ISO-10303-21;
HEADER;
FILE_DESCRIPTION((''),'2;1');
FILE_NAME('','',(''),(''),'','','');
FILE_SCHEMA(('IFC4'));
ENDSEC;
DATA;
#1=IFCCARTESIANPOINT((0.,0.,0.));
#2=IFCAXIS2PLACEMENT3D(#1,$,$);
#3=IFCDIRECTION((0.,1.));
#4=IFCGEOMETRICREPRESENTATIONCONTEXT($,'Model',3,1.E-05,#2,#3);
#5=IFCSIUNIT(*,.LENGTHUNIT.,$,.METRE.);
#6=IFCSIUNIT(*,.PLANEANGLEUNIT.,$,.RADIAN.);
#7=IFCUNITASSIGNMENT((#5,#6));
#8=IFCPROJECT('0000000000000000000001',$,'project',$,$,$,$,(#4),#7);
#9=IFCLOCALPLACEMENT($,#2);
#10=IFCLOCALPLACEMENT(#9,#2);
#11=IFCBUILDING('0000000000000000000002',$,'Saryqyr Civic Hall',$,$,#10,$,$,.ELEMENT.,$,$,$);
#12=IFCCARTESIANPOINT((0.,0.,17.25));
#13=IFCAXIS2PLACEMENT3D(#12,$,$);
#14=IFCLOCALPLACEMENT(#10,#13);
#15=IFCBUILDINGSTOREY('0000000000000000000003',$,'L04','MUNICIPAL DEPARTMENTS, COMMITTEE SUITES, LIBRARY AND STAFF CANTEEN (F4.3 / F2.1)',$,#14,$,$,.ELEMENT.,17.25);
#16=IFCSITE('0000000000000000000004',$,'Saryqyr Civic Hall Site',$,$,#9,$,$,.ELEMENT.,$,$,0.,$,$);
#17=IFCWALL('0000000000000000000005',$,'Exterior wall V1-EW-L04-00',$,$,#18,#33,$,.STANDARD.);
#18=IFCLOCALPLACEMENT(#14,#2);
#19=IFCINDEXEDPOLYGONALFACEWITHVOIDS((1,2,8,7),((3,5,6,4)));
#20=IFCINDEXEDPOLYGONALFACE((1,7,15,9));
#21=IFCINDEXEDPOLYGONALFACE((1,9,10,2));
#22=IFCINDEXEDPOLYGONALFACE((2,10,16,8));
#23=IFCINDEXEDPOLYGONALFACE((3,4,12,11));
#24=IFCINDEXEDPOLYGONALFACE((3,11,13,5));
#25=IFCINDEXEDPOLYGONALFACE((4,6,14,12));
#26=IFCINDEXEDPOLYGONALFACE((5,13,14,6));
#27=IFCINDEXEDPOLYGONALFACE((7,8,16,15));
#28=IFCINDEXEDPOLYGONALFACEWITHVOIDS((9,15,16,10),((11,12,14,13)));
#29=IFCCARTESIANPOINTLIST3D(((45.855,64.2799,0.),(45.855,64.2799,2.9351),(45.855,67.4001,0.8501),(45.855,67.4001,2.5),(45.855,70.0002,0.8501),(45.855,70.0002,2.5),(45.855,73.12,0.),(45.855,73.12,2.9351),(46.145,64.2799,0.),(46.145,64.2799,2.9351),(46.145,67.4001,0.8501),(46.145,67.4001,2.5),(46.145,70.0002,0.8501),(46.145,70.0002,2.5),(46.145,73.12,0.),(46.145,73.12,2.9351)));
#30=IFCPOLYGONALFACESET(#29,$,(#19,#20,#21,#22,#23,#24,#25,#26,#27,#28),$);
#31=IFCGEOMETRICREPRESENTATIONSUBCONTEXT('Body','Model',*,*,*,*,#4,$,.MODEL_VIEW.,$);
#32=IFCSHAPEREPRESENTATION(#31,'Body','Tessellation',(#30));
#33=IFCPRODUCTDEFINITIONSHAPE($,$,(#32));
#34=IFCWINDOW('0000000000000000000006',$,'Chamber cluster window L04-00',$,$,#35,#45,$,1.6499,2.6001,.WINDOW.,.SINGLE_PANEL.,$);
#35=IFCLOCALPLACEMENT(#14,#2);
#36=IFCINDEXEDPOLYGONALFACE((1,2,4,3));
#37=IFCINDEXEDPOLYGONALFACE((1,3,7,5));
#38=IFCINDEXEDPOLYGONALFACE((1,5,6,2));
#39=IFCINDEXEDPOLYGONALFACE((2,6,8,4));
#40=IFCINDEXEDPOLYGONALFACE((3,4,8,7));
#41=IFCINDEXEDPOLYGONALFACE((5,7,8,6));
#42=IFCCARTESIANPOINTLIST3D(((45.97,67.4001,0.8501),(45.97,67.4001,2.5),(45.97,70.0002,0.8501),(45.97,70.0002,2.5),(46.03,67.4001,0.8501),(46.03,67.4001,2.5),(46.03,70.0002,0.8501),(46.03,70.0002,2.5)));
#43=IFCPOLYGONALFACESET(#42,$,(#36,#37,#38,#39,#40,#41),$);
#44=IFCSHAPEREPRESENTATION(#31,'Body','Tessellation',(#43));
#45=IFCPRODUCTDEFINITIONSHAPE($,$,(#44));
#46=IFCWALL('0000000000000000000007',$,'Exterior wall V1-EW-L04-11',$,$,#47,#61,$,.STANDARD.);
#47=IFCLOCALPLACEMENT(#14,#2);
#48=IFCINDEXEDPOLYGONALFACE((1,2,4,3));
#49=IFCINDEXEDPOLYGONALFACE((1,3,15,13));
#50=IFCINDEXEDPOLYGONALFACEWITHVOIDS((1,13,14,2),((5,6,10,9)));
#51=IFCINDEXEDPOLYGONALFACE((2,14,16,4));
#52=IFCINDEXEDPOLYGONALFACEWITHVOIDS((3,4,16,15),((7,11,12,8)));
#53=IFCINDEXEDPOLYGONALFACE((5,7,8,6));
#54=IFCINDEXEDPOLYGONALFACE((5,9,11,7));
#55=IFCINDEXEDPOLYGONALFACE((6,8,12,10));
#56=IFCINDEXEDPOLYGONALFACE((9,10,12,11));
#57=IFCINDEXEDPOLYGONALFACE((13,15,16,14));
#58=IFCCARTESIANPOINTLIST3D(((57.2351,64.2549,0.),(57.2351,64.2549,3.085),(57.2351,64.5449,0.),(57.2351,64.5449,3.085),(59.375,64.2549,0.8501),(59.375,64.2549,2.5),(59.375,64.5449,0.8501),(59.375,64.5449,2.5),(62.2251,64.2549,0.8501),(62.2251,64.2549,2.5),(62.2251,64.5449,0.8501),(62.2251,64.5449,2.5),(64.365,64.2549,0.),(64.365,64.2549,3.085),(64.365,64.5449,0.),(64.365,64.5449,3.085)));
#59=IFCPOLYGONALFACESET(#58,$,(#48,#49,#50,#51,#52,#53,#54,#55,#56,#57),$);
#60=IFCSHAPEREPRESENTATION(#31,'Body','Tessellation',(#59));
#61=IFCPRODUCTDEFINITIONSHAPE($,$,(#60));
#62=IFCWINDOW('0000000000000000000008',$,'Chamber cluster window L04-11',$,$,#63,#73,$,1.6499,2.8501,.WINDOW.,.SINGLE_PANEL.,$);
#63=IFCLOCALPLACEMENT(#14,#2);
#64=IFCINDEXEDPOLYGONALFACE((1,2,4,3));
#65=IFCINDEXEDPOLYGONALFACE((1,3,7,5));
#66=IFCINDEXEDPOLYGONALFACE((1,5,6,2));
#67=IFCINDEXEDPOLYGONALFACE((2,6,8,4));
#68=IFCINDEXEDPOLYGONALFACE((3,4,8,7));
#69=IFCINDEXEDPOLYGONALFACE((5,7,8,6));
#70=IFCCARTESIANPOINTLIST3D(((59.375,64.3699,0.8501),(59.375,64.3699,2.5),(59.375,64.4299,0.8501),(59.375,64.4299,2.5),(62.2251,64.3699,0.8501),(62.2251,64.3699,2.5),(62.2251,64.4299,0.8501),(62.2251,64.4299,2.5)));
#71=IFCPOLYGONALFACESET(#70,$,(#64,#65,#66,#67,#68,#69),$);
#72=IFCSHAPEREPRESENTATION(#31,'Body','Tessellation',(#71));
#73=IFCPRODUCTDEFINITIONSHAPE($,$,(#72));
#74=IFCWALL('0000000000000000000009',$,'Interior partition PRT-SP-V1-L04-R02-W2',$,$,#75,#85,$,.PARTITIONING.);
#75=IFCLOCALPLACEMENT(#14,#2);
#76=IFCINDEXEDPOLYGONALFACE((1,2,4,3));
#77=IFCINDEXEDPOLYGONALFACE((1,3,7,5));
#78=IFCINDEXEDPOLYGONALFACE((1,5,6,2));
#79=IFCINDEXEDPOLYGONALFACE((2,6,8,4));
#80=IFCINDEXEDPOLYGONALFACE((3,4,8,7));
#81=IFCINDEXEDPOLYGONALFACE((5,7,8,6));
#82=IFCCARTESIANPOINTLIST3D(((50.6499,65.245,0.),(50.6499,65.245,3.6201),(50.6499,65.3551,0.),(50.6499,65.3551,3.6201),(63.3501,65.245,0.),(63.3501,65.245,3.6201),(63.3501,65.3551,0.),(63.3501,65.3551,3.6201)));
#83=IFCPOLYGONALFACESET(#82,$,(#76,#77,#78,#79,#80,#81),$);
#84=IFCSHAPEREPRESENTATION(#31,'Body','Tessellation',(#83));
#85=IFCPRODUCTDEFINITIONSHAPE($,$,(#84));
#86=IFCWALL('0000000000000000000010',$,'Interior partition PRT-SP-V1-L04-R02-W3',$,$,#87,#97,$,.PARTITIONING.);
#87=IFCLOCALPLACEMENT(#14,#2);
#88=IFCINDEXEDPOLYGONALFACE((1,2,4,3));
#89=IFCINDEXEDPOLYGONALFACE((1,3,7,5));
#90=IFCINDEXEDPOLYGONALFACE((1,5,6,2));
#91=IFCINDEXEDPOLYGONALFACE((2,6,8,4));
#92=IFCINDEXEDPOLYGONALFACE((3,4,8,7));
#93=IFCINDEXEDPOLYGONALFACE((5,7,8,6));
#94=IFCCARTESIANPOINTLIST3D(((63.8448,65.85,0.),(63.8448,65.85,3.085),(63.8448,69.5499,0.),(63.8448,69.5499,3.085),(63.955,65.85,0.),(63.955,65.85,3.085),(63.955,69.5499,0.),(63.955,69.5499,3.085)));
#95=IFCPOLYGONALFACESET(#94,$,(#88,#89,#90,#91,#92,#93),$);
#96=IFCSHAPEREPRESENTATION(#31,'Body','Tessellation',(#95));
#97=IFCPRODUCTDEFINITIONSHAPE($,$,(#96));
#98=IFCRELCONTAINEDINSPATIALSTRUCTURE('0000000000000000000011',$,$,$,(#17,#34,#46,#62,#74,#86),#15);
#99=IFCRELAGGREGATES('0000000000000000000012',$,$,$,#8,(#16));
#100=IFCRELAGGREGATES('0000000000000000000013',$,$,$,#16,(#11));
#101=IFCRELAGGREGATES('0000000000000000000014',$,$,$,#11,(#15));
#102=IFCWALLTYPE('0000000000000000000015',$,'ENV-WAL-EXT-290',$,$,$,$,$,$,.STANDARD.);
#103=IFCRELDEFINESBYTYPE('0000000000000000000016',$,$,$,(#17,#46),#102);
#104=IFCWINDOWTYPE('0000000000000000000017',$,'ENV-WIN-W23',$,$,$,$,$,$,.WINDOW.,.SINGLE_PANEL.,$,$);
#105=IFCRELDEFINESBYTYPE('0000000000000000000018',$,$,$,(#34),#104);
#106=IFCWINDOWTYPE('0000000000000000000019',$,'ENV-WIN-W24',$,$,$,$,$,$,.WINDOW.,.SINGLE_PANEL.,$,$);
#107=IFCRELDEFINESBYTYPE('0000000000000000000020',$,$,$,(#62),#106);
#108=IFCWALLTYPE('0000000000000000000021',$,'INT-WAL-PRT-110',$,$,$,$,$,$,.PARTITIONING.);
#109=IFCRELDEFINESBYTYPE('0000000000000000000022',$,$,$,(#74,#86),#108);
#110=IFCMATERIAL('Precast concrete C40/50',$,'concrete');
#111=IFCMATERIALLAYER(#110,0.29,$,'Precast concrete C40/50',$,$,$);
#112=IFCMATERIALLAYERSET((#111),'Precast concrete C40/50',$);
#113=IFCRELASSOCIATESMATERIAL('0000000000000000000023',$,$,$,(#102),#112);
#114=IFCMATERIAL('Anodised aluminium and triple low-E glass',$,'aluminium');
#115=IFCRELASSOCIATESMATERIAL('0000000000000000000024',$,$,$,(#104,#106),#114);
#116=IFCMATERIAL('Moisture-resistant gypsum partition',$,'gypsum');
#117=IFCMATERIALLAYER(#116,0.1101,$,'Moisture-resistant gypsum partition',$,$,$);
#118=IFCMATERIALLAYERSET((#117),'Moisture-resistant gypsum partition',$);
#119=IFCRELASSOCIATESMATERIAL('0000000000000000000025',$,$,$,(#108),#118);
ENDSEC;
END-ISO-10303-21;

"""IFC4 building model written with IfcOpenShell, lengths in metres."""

from ifc_helpers import new_model, si_unit, direction, frame, frame_2d, origin, place, context, subcontext, project, spatial, rectangle, extrude, material, layer, layer_set, type_object, element, fill, save


model = new_model("IFC4")

# Units and contexts
model_context = context("Model", 3, precision=1e-05, world=origin(), true_north=direction((0.0, 1.0)))
body_context = subcontext(model_context, "Body", "Model", "MODEL_VIEW")
ifc_project = project(units=[si_unit("LENGTHUNIT", "METRE"), si_unit("PLANEANGLEUNIT", "RADIAN")], contexts=[model_context])

# Site, building, storey
site_placement = place(None, origin())
site = spatial("IfcSite", under=ifc_project, at=site_placement, Name="Saryqyr Civic Hall Site", CompositionType="ELEMENT", RefElevation=0.0)
building_placement = place(site_placement, origin())
building = spatial("IfcBuilding", under=site, at=building_placement, Name="Saryqyr Civic Hall", CompositionType="ELEMENT")
storey_placement = place(building_placement, frame((0.0, 0.0, 17.25)))
storey = spatial("IfcBuildingStorey", under=building, at=storey_placement, Name="L04", Description="MUNICIPAL DEPARTMENTS, COMMITTEE SUITES, LIBRARY AND STAFF CANTEEN (F4.3 / F2.1)", CompositionType="ELEMENT", Elevation=17.25)

# Walls, openings, windows
ifc_material_1 = material(Name="Precast concrete C40/50", Category="concrete")
ifc_layer_1 = layer(ifc_material_1, 0.29, Name="Precast concrete C40/50")
ifc_layer_set_1 = layer_set([ifc_layer_1], Name="Precast concrete C40/50")
wall_type_1 = type_object("IfcWallType", Name="ENV-WAL-EXT-290", PredefinedType="STANDARD", material=ifc_layer_set_1)
wall_1_placement = place(storey_placement, frame((46.0, 64.28, 0.0), z_axis=(0.0, 0.0, 1.0), x_axis=(0.0, 1.0, 0.0)))
wall_1 = element("IfcWall", 1, at=wall_1_placement, inside=storey, type_object=wall_type_1, Name="Exterior wall V1-EW-L04-00", PredefinedType="STANDARD", context=body_context, shape_type="SweptSolid", body=[
    extrude(rectangle(XDim=8.8401, YDim=0.29, at=frame_2d((4.4199, 0.0))), origin(), (0.0, 0.0, 1.0), 2.9351),
])
opening_1_placement = place(wall_1_placement, frame((3.1201, 0.0, 0.8501)))
opening_1 = element("IfcOpeningElement", 2, at=opening_1_placement, cuts=wall_1, PredefinedType="OPENING", context=body_context, shape_type="SweptSolid", body=[
    extrude(rectangle(XDim=2.6001, YDim=1.6499, at=frame_2d((1.3, 0.825))), frame((0.0, 0.155, 0.0), z_axis=(0.0, -1.0, 0.0), x_axis=(1.0, 0.0, 0.0)), (0.0, 0.0, 1.0), 0.3101),
])
ifc_material_2 = material(Name="Anodised aluminium and triple low-E glass", Category="aluminium")
window_type_1 = type_object("IfcWindowType", Name="ENV-WIN-W23", PartitioningType="SINGLE_PANEL", PredefinedType="WINDOW", material=ifc_material_2)
window_1_placement = place(opening_1_placement, origin())
window_1 = element("IfcWindow", 3, at=window_1_placement, inside=storey, type_object=window_type_1, Name="Chamber cluster window L04-00", OverallHeight=1.6499, OverallWidth=2.6001, PartitioningType="SINGLE_PANEL", PredefinedType="WINDOW", context=body_context, shape_type="SweptSolid", body=[
    extrude(rectangle(XDim=2.6001, YDim=1.6499, at=frame_2d((1.3, 0.825))), frame((0.0, 0.03, 0.0), z_axis=(0.0, -1.0, 0.0), x_axis=(1.0, 0.0, 0.0)), (0.0, 0.0, 1.0), 0.0601),
])
fill(opening_1, window_1)
wall_2_placement = place(storey_placement, frame((64.365, 64.3999, 0.0), z_axis=(0.0, 0.0, 1.0), x_axis=(-1.0, 0.0, 0.0)))
wall_2 = element("IfcWall", 4, at=wall_2_placement, inside=storey, type_object=wall_type_1, Name="Exterior wall V1-EW-L04-11", PredefinedType="STANDARD", context=body_context, shape_type="SweptSolid", body=[
    extrude(rectangle(XDim=7.1299, YDim=0.29, at=frame_2d((3.5649, 0.0))), origin(), (0.0, 0.0, 1.0), 3.085),
])
opening_2_placement = place(wall_2_placement, frame((2.1399, 0.0, 0.8501)))
opening_2 = element("IfcOpeningElement", 5, at=opening_2_placement, cuts=wall_2, PredefinedType="OPENING", context=body_context, shape_type="SweptSolid", body=[
    extrude(rectangle(XDim=2.8501, YDim=1.6499, at=frame_2d((1.425, 0.825))), frame((0.0, 0.155, 0.0), z_axis=(0.0, -1.0, 0.0), x_axis=(1.0, 0.0, 0.0)), (0.0, 0.0, 1.0), 0.3101),
])
window_type_2 = type_object("IfcWindowType", Name="ENV-WIN-W24", PartitioningType="SINGLE_PANEL", PredefinedType="WINDOW", material=ifc_material_2)
window_2_placement = place(opening_2_placement, origin())
window_2 = element("IfcWindow", 6, at=window_2_placement, inside=storey, type_object=window_type_2, Name="Chamber cluster window L04-11", OverallHeight=1.6499, OverallWidth=2.8501, PartitioningType="SINGLE_PANEL", PredefinedType="WINDOW", context=body_context, shape_type="SweptSolid", body=[
    extrude(rectangle(XDim=2.8501, YDim=1.6499, at=frame_2d((1.425, 0.825))), frame((0.0, 0.03, 0.0), z_axis=(0.0, -1.0, 0.0), x_axis=(1.0, 0.0, 0.0)), (0.0, 0.0, 1.0), 0.0601),
])
fill(opening_2, window_2)

# Walls
ifc_material_3 = material(Name="Moisture-resistant gypsum partition", Category="gypsum")
ifc_layer_2 = layer(ifc_material_3, 0.1101, Name="Moisture-resistant gypsum partition")
ifc_layer_set_2 = layer_set([ifc_layer_2], Name="Moisture-resistant gypsum partition")
wall_type_2 = type_object("IfcWallType", Name="INT-WAL-PRT-110", PredefinedType="PARTITIONING", material=ifc_layer_set_2)
wall_3_placement = place(storey_placement, frame((63.3501, 65.3, 0.0), z_axis=(0.0, 0.0, 1.0), x_axis=(-1.0, 0.0, 0.0)))
element("IfcWall", 7, at=wall_3_placement, inside=storey, type_object=wall_type_2, Name="Interior partition PRT-SP-V1-L04-R02-W2", PredefinedType="PARTITIONING", context=body_context, shape_type="SweptSolid", body=[
    extrude(rectangle(XDim=12.7002, YDim=0.1101, at=frame_2d((6.3501, 0.0))), origin(), (0.0, 0.0, 1.0), 3.6201),
])
wall_4_placement = place(storey_placement, frame((63.8999, 69.55, 0.0), z_axis=(0.0, 0.0, 1.0), x_axis=(0.0, -1.0, 0.0)))
element("IfcWall", 8, at=wall_4_placement, inside=storey, type_object=wall_type_2, Name="Interior partition PRT-SP-V1-L04-R02-W3", PredefinedType="PARTITIONING", context=body_context, shape_type="SweptSolid", body=[
    extrude(rectangle(XDim=3.7, YDim=0.1101, at=frame_2d((1.8501, 0.0))), origin(), (0.0, 0.0, 1.0), 3.085),
])

save(model, "model.ifc")
